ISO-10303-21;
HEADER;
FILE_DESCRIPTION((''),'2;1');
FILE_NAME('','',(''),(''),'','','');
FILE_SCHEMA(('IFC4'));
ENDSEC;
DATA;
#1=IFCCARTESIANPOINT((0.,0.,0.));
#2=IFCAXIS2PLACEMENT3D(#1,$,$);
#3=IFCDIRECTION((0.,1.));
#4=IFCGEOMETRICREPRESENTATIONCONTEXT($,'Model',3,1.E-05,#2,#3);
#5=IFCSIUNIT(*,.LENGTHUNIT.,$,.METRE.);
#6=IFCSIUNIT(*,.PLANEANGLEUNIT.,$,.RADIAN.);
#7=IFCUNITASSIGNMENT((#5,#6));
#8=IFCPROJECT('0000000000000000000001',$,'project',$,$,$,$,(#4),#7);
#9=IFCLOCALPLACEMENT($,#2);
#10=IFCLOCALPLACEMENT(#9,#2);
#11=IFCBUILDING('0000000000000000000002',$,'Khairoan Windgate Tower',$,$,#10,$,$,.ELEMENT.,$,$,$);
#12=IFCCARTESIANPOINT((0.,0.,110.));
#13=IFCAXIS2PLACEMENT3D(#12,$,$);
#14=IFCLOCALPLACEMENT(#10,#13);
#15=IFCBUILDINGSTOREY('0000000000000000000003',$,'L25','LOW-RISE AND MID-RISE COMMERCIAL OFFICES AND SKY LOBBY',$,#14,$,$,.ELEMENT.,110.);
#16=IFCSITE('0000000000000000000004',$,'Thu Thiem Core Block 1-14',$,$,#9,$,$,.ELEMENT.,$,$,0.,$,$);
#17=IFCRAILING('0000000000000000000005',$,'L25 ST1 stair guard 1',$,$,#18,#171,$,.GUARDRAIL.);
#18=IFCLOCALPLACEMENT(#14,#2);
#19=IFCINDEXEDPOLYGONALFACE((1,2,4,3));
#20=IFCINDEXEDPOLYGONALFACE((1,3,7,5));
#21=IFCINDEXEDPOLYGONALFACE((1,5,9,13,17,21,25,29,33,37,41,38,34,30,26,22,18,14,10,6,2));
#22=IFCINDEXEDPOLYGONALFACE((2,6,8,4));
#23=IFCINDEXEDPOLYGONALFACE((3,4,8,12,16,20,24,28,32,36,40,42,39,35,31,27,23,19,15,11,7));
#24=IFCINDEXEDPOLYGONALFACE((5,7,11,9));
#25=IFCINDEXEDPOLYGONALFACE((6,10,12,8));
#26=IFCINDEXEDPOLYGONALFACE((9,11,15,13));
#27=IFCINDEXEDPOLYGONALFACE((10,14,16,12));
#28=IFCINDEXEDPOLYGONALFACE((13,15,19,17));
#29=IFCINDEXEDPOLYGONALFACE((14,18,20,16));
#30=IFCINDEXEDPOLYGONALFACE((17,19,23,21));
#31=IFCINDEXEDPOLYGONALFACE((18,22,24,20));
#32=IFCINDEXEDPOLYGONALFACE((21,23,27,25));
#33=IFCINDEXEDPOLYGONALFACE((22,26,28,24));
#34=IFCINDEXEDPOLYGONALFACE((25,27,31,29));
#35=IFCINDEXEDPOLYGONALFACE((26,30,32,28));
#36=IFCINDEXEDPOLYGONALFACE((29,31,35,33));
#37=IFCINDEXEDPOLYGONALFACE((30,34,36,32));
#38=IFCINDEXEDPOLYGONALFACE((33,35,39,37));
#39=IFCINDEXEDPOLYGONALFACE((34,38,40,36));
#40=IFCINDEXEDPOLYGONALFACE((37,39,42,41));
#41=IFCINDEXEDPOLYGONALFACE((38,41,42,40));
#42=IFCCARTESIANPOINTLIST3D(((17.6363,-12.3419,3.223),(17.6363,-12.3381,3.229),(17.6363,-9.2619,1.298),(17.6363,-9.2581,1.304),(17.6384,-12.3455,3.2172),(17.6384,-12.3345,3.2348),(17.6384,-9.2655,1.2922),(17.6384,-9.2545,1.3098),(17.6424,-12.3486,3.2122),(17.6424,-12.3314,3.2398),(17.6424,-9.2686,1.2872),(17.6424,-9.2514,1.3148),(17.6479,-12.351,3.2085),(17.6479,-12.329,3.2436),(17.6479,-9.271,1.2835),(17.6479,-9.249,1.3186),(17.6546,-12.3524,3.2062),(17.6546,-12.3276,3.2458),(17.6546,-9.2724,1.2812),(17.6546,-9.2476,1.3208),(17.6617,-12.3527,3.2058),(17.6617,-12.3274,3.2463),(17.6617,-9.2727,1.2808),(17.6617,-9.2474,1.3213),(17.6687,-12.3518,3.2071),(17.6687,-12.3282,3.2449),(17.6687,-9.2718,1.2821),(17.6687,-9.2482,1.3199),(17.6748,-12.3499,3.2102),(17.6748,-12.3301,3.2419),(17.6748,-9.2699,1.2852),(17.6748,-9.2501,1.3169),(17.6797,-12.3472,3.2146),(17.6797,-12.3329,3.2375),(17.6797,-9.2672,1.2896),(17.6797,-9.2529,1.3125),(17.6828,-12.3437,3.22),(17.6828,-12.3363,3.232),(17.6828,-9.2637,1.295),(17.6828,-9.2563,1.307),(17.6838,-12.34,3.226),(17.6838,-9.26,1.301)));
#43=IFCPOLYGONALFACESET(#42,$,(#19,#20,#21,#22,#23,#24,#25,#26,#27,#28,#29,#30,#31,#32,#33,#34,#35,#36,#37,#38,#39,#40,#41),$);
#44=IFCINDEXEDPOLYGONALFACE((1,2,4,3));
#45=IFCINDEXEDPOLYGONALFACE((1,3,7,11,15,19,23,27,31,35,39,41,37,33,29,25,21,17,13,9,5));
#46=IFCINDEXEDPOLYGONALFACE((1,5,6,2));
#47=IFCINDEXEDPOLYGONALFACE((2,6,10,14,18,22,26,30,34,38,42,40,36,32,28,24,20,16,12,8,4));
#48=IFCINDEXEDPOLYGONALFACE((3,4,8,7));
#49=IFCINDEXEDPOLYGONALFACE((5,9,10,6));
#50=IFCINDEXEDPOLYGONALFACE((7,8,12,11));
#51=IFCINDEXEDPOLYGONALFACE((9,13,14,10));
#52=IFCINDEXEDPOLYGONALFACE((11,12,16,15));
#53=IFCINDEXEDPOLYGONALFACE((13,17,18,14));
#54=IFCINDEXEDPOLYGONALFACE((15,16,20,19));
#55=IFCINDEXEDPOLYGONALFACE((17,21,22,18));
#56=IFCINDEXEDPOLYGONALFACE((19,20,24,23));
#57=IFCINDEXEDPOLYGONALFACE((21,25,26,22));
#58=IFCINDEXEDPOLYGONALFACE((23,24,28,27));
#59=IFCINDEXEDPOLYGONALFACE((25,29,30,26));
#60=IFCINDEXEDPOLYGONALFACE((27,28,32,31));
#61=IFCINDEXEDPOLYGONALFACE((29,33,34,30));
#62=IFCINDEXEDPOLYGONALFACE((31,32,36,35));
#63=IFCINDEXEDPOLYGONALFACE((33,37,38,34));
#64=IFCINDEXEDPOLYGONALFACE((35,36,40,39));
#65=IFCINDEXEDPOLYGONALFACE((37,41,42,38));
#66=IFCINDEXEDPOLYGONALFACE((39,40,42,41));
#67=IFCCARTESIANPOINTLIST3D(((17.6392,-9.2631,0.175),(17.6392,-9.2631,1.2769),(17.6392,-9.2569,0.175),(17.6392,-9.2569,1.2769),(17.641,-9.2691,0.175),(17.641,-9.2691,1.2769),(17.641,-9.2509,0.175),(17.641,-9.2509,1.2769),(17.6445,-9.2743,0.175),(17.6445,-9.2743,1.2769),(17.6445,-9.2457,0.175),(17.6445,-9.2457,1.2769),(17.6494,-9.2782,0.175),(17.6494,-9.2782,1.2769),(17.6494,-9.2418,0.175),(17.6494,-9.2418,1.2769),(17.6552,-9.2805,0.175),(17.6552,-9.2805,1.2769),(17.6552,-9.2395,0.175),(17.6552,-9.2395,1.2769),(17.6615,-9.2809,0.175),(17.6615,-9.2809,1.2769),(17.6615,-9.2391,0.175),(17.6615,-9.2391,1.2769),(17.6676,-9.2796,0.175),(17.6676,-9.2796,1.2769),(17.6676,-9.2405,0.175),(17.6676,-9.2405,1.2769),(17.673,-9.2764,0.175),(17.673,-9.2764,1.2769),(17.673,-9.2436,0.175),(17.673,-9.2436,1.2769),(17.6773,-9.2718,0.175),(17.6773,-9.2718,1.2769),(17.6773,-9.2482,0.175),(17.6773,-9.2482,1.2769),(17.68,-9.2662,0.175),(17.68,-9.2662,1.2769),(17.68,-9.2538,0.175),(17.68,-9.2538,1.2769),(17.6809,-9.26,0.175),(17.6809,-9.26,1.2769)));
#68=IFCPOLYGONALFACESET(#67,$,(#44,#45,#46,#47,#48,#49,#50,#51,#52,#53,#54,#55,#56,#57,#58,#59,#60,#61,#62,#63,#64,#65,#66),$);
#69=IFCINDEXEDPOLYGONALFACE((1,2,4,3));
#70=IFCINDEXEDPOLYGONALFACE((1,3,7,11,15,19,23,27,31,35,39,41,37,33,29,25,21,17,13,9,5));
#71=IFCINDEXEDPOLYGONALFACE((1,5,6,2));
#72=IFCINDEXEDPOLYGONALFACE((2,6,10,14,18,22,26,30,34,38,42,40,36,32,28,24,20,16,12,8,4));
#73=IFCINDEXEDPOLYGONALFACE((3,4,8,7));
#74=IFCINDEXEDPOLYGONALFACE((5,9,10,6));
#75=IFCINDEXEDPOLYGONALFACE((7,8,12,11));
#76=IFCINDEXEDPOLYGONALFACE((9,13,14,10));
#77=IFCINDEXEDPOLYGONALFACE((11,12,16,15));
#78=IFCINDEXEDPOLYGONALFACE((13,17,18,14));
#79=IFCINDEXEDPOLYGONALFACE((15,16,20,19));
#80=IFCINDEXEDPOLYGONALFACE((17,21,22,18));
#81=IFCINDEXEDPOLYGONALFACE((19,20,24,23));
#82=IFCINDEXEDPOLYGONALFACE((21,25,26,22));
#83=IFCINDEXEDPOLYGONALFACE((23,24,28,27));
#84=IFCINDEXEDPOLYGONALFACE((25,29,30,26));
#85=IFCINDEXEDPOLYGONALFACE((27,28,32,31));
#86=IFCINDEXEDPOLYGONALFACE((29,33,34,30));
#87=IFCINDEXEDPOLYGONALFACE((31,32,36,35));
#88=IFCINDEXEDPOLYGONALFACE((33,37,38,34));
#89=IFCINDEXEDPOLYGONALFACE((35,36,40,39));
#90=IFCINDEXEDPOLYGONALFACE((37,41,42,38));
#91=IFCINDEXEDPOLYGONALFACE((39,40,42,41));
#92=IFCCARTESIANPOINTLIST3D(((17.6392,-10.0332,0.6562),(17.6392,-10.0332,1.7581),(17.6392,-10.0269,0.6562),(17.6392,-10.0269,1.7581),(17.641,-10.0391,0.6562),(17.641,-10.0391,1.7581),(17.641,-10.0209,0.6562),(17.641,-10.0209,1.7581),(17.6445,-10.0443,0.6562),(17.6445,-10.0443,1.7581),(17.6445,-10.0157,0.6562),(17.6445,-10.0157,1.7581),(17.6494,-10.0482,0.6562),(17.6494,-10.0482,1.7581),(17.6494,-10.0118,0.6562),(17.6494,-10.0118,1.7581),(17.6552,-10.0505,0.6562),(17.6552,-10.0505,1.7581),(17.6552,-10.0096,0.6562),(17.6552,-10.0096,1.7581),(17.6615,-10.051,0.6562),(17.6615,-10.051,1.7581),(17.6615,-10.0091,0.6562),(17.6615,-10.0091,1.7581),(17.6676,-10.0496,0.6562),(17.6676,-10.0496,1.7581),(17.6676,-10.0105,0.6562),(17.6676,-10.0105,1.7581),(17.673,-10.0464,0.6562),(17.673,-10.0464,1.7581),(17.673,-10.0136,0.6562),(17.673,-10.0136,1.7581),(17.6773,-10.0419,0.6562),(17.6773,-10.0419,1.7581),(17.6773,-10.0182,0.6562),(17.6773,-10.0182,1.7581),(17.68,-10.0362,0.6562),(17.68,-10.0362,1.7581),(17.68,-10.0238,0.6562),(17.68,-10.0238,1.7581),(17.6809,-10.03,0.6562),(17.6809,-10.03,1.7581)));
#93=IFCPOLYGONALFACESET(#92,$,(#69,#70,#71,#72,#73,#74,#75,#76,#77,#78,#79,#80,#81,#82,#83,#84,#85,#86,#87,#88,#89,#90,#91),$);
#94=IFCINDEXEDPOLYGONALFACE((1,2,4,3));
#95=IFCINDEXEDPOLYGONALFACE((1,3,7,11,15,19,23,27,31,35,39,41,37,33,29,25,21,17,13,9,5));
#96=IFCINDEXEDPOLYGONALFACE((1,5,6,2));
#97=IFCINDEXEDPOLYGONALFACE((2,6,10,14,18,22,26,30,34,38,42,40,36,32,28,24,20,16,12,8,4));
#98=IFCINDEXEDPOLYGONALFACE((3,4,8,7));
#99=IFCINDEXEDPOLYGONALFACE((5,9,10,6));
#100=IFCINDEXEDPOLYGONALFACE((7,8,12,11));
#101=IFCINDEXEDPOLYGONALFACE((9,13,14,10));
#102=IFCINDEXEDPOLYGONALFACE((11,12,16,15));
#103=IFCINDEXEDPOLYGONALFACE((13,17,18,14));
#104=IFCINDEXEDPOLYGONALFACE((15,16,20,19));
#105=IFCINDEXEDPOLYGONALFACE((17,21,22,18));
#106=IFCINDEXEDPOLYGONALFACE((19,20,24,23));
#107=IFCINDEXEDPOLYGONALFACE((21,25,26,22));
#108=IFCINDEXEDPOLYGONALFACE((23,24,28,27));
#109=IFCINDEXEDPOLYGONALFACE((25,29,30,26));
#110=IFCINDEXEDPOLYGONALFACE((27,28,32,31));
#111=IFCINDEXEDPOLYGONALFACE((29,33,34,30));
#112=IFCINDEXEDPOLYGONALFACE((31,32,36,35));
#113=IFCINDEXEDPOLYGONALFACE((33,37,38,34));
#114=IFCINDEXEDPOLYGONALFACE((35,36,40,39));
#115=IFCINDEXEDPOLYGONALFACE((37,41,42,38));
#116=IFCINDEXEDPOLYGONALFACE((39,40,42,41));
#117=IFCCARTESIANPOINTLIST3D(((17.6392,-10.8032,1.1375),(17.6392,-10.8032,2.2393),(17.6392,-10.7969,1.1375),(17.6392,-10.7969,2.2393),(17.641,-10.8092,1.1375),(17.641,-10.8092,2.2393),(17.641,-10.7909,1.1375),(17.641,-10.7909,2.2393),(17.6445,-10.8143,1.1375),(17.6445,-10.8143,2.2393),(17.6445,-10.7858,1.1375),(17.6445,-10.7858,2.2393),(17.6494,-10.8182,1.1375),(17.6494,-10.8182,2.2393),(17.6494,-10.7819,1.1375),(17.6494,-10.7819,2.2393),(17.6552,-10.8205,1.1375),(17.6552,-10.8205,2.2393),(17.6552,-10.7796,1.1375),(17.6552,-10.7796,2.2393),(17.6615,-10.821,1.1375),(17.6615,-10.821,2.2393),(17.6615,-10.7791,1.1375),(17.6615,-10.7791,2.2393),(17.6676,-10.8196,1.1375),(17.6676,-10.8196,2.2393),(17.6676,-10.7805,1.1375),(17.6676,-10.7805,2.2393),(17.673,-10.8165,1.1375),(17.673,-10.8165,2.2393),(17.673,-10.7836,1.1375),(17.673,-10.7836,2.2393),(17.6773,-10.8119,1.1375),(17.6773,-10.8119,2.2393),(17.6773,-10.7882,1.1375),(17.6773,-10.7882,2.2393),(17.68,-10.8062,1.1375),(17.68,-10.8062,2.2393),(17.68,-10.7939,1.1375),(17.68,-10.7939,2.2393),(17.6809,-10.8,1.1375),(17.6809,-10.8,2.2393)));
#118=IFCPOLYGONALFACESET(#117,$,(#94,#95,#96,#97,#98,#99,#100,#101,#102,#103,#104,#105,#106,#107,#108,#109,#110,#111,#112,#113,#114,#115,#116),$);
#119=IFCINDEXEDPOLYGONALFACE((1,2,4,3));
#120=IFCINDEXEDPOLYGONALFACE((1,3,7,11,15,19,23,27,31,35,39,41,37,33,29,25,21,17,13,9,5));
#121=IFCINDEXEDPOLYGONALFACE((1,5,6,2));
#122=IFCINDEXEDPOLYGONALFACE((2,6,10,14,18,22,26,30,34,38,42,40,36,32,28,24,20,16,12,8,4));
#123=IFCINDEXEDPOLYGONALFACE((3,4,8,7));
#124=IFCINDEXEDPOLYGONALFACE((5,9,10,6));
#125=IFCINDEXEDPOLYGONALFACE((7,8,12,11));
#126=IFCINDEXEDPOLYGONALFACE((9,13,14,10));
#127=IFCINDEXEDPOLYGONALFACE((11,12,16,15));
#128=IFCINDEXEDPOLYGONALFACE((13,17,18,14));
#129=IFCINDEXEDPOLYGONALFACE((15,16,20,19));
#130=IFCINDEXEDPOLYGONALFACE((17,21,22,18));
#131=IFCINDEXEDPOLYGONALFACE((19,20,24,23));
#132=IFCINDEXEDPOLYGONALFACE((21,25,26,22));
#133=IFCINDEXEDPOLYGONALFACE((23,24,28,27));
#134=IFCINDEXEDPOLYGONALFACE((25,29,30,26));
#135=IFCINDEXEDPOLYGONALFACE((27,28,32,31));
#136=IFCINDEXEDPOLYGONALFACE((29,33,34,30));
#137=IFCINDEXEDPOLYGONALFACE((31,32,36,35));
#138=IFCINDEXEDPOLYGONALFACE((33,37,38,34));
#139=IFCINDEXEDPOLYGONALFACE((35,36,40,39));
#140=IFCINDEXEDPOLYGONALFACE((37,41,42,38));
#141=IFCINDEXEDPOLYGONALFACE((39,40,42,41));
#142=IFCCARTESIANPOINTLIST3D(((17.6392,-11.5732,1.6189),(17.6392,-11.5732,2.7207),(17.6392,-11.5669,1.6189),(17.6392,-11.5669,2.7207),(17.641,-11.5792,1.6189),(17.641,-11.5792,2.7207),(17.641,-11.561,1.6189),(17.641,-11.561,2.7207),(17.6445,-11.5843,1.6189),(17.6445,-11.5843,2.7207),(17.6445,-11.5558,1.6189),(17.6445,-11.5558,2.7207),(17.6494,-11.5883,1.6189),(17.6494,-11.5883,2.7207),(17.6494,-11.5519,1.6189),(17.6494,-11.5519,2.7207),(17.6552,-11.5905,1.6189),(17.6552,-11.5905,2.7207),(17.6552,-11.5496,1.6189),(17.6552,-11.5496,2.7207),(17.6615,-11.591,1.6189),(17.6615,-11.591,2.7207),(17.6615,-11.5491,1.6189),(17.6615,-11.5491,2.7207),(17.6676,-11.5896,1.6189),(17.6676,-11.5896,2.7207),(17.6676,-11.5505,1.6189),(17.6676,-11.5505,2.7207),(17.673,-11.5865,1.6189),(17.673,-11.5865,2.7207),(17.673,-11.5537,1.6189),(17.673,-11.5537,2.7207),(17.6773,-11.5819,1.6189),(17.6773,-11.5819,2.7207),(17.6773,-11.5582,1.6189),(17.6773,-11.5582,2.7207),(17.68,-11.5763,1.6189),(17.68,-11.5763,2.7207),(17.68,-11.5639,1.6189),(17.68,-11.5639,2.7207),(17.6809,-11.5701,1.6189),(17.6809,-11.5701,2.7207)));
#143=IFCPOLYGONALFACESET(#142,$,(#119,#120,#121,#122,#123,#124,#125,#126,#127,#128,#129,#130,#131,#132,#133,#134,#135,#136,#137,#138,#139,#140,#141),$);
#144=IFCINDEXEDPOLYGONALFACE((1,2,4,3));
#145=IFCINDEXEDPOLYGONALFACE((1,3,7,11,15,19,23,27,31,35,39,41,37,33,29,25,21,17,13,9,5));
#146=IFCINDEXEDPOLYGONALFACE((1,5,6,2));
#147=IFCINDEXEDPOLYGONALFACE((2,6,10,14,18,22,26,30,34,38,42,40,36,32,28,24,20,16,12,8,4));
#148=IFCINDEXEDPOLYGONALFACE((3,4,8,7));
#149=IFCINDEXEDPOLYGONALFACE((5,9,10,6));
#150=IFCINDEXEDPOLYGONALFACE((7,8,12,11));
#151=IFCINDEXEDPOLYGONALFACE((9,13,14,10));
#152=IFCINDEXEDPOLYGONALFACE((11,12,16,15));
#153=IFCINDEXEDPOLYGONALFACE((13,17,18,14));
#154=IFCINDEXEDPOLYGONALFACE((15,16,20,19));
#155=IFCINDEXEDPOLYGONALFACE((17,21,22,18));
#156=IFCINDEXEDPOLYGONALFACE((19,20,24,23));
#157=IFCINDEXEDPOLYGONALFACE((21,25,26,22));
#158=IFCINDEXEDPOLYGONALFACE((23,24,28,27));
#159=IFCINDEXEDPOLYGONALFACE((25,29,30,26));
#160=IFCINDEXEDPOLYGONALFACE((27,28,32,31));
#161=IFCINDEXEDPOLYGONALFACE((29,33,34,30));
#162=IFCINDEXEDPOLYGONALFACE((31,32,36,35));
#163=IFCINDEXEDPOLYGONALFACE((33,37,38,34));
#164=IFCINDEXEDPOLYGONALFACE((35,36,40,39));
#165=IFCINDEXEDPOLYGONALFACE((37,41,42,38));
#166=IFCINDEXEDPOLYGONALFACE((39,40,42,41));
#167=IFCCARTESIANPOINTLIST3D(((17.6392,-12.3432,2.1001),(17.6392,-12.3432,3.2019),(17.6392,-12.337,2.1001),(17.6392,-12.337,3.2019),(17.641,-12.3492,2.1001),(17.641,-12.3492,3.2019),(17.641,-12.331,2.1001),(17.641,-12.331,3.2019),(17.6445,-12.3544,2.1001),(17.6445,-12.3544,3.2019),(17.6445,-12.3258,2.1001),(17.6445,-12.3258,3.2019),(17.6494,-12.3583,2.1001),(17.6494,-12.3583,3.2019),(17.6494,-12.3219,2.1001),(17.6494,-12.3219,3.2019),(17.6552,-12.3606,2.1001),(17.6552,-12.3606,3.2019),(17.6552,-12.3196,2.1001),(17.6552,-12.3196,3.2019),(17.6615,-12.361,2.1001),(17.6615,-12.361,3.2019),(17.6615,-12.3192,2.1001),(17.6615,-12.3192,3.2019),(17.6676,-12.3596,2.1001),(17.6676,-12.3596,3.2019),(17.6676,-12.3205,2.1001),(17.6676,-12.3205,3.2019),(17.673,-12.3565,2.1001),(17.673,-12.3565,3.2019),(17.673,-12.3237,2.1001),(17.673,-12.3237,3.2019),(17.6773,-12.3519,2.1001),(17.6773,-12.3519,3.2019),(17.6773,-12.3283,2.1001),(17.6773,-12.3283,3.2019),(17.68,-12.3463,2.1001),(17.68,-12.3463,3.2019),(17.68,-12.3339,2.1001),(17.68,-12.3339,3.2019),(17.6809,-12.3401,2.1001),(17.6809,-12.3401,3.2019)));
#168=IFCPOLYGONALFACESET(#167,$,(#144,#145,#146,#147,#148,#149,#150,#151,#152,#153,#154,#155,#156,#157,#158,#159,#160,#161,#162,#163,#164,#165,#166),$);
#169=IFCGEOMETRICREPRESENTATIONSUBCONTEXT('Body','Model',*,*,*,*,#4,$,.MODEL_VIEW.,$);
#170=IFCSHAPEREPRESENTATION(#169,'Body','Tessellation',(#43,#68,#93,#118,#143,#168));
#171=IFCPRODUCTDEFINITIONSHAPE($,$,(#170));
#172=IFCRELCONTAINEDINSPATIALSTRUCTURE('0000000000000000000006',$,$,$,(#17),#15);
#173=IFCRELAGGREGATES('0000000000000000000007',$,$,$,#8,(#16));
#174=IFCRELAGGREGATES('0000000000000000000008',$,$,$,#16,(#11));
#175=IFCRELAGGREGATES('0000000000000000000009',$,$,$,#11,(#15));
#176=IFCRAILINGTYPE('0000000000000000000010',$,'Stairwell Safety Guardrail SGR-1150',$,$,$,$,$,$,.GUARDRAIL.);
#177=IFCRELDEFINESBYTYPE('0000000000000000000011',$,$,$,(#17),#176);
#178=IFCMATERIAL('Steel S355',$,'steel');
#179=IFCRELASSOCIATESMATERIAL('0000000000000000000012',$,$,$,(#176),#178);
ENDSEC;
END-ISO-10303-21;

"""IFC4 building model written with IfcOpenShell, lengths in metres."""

from ifc_helpers import new_model, si_unit, direction, frame, origin, origin_2d, place, context, subcontext, project, spatial, circle, extrude, material, type_object, element, save


model = new_model("IFC4")

# Units and contexts
model_context = context("Model", 3, precision=1e-05, world=origin(), true_north=direction((0.0, 1.0)))
body_context = subcontext(model_context, "Body", "Model", "MODEL_VIEW")
ifc_project = project(units=[si_unit("LENGTHUNIT", "METRE"), si_unit("PLANEANGLEUNIT", "RADIAN")], contexts=[model_context])

# Site, building, storey
site_placement = place(None, origin())
site = spatial("IfcSite", under=ifc_project, at=site_placement, Name="Thu Thiem Core Block 1-14", CompositionType="ELEMENT", RefElevation=0.0)
building_placement = place(site_placement, origin())
building = spatial("IfcBuilding", under=site, at=building_placement, Name="Khairoan Windgate Tower", CompositionType="ELEMENT")
storey_placement = place(building_placement, frame((0.0, 0.0, 110.0)))
storey = spatial("IfcBuildingStorey", under=building, at=storey_placement, Name="L25", Description="LOW-RISE AND MID-RISE COMMERCIAL OFFICES AND SKY LOBBY", CompositionType="ELEMENT", Elevation=110.0)

# Railing
ifc_material_1 = material(Name="Steel S355", Category="steel")
railing_type_1 = type_object("IfcRailingType", Name="Stairwell Safety Guardrail SGR-1150", PredefinedType="GUARDRAIL", material=ifc_material_1)
railing_1_placement = place(storey_placement, frame((17.6599, -9.26, 0.175)))
element("IfcRailing", 1, at=railing_1_placement, inside=storey, type_object=railing_type_1, Name="L25 ST1 stair guard 1", PredefinedType="GUARDRAIL", context=body_context, shape_type="SweptSolid", body=[
    extrude(circle(Radius=0.0239, at=origin_2d()), frame((0.0, 0.0, 1.126), z_axis=(0.0, -0.847998, 0.529999), x_axis=(1.0, 0.0, 0.0)), (0.0, 0.0, 1.0), 3.6321),
    extrude(circle(Radius=0.021, at=origin_2d()), origin(), (0.0, 0.0, 1.0), 1.1018),
    extrude(circle(Radius=0.021, at=origin_2d()), frame((0.0, -0.77, 0.4812)), (0.0, 0.0, 1.0), 1.1018),
    extrude(circle(Radius=0.021, at=origin_2d()), frame((0.0, -1.54, 0.9624)), (0.0, 0.0, 1.0), 1.1018),
    extrude(circle(Radius=0.021, at=origin_2d()), frame((0.0, -2.3101, 1.4438)), (0.0, 0.0, 1.0), 1.1018),
    extrude(circle(Radius=0.021, at=origin_2d()), frame((0.0, -3.0801, 1.925)), (0.0, 0.0, 1.0), 1.1018),
])

save(model, "model.ifc")
